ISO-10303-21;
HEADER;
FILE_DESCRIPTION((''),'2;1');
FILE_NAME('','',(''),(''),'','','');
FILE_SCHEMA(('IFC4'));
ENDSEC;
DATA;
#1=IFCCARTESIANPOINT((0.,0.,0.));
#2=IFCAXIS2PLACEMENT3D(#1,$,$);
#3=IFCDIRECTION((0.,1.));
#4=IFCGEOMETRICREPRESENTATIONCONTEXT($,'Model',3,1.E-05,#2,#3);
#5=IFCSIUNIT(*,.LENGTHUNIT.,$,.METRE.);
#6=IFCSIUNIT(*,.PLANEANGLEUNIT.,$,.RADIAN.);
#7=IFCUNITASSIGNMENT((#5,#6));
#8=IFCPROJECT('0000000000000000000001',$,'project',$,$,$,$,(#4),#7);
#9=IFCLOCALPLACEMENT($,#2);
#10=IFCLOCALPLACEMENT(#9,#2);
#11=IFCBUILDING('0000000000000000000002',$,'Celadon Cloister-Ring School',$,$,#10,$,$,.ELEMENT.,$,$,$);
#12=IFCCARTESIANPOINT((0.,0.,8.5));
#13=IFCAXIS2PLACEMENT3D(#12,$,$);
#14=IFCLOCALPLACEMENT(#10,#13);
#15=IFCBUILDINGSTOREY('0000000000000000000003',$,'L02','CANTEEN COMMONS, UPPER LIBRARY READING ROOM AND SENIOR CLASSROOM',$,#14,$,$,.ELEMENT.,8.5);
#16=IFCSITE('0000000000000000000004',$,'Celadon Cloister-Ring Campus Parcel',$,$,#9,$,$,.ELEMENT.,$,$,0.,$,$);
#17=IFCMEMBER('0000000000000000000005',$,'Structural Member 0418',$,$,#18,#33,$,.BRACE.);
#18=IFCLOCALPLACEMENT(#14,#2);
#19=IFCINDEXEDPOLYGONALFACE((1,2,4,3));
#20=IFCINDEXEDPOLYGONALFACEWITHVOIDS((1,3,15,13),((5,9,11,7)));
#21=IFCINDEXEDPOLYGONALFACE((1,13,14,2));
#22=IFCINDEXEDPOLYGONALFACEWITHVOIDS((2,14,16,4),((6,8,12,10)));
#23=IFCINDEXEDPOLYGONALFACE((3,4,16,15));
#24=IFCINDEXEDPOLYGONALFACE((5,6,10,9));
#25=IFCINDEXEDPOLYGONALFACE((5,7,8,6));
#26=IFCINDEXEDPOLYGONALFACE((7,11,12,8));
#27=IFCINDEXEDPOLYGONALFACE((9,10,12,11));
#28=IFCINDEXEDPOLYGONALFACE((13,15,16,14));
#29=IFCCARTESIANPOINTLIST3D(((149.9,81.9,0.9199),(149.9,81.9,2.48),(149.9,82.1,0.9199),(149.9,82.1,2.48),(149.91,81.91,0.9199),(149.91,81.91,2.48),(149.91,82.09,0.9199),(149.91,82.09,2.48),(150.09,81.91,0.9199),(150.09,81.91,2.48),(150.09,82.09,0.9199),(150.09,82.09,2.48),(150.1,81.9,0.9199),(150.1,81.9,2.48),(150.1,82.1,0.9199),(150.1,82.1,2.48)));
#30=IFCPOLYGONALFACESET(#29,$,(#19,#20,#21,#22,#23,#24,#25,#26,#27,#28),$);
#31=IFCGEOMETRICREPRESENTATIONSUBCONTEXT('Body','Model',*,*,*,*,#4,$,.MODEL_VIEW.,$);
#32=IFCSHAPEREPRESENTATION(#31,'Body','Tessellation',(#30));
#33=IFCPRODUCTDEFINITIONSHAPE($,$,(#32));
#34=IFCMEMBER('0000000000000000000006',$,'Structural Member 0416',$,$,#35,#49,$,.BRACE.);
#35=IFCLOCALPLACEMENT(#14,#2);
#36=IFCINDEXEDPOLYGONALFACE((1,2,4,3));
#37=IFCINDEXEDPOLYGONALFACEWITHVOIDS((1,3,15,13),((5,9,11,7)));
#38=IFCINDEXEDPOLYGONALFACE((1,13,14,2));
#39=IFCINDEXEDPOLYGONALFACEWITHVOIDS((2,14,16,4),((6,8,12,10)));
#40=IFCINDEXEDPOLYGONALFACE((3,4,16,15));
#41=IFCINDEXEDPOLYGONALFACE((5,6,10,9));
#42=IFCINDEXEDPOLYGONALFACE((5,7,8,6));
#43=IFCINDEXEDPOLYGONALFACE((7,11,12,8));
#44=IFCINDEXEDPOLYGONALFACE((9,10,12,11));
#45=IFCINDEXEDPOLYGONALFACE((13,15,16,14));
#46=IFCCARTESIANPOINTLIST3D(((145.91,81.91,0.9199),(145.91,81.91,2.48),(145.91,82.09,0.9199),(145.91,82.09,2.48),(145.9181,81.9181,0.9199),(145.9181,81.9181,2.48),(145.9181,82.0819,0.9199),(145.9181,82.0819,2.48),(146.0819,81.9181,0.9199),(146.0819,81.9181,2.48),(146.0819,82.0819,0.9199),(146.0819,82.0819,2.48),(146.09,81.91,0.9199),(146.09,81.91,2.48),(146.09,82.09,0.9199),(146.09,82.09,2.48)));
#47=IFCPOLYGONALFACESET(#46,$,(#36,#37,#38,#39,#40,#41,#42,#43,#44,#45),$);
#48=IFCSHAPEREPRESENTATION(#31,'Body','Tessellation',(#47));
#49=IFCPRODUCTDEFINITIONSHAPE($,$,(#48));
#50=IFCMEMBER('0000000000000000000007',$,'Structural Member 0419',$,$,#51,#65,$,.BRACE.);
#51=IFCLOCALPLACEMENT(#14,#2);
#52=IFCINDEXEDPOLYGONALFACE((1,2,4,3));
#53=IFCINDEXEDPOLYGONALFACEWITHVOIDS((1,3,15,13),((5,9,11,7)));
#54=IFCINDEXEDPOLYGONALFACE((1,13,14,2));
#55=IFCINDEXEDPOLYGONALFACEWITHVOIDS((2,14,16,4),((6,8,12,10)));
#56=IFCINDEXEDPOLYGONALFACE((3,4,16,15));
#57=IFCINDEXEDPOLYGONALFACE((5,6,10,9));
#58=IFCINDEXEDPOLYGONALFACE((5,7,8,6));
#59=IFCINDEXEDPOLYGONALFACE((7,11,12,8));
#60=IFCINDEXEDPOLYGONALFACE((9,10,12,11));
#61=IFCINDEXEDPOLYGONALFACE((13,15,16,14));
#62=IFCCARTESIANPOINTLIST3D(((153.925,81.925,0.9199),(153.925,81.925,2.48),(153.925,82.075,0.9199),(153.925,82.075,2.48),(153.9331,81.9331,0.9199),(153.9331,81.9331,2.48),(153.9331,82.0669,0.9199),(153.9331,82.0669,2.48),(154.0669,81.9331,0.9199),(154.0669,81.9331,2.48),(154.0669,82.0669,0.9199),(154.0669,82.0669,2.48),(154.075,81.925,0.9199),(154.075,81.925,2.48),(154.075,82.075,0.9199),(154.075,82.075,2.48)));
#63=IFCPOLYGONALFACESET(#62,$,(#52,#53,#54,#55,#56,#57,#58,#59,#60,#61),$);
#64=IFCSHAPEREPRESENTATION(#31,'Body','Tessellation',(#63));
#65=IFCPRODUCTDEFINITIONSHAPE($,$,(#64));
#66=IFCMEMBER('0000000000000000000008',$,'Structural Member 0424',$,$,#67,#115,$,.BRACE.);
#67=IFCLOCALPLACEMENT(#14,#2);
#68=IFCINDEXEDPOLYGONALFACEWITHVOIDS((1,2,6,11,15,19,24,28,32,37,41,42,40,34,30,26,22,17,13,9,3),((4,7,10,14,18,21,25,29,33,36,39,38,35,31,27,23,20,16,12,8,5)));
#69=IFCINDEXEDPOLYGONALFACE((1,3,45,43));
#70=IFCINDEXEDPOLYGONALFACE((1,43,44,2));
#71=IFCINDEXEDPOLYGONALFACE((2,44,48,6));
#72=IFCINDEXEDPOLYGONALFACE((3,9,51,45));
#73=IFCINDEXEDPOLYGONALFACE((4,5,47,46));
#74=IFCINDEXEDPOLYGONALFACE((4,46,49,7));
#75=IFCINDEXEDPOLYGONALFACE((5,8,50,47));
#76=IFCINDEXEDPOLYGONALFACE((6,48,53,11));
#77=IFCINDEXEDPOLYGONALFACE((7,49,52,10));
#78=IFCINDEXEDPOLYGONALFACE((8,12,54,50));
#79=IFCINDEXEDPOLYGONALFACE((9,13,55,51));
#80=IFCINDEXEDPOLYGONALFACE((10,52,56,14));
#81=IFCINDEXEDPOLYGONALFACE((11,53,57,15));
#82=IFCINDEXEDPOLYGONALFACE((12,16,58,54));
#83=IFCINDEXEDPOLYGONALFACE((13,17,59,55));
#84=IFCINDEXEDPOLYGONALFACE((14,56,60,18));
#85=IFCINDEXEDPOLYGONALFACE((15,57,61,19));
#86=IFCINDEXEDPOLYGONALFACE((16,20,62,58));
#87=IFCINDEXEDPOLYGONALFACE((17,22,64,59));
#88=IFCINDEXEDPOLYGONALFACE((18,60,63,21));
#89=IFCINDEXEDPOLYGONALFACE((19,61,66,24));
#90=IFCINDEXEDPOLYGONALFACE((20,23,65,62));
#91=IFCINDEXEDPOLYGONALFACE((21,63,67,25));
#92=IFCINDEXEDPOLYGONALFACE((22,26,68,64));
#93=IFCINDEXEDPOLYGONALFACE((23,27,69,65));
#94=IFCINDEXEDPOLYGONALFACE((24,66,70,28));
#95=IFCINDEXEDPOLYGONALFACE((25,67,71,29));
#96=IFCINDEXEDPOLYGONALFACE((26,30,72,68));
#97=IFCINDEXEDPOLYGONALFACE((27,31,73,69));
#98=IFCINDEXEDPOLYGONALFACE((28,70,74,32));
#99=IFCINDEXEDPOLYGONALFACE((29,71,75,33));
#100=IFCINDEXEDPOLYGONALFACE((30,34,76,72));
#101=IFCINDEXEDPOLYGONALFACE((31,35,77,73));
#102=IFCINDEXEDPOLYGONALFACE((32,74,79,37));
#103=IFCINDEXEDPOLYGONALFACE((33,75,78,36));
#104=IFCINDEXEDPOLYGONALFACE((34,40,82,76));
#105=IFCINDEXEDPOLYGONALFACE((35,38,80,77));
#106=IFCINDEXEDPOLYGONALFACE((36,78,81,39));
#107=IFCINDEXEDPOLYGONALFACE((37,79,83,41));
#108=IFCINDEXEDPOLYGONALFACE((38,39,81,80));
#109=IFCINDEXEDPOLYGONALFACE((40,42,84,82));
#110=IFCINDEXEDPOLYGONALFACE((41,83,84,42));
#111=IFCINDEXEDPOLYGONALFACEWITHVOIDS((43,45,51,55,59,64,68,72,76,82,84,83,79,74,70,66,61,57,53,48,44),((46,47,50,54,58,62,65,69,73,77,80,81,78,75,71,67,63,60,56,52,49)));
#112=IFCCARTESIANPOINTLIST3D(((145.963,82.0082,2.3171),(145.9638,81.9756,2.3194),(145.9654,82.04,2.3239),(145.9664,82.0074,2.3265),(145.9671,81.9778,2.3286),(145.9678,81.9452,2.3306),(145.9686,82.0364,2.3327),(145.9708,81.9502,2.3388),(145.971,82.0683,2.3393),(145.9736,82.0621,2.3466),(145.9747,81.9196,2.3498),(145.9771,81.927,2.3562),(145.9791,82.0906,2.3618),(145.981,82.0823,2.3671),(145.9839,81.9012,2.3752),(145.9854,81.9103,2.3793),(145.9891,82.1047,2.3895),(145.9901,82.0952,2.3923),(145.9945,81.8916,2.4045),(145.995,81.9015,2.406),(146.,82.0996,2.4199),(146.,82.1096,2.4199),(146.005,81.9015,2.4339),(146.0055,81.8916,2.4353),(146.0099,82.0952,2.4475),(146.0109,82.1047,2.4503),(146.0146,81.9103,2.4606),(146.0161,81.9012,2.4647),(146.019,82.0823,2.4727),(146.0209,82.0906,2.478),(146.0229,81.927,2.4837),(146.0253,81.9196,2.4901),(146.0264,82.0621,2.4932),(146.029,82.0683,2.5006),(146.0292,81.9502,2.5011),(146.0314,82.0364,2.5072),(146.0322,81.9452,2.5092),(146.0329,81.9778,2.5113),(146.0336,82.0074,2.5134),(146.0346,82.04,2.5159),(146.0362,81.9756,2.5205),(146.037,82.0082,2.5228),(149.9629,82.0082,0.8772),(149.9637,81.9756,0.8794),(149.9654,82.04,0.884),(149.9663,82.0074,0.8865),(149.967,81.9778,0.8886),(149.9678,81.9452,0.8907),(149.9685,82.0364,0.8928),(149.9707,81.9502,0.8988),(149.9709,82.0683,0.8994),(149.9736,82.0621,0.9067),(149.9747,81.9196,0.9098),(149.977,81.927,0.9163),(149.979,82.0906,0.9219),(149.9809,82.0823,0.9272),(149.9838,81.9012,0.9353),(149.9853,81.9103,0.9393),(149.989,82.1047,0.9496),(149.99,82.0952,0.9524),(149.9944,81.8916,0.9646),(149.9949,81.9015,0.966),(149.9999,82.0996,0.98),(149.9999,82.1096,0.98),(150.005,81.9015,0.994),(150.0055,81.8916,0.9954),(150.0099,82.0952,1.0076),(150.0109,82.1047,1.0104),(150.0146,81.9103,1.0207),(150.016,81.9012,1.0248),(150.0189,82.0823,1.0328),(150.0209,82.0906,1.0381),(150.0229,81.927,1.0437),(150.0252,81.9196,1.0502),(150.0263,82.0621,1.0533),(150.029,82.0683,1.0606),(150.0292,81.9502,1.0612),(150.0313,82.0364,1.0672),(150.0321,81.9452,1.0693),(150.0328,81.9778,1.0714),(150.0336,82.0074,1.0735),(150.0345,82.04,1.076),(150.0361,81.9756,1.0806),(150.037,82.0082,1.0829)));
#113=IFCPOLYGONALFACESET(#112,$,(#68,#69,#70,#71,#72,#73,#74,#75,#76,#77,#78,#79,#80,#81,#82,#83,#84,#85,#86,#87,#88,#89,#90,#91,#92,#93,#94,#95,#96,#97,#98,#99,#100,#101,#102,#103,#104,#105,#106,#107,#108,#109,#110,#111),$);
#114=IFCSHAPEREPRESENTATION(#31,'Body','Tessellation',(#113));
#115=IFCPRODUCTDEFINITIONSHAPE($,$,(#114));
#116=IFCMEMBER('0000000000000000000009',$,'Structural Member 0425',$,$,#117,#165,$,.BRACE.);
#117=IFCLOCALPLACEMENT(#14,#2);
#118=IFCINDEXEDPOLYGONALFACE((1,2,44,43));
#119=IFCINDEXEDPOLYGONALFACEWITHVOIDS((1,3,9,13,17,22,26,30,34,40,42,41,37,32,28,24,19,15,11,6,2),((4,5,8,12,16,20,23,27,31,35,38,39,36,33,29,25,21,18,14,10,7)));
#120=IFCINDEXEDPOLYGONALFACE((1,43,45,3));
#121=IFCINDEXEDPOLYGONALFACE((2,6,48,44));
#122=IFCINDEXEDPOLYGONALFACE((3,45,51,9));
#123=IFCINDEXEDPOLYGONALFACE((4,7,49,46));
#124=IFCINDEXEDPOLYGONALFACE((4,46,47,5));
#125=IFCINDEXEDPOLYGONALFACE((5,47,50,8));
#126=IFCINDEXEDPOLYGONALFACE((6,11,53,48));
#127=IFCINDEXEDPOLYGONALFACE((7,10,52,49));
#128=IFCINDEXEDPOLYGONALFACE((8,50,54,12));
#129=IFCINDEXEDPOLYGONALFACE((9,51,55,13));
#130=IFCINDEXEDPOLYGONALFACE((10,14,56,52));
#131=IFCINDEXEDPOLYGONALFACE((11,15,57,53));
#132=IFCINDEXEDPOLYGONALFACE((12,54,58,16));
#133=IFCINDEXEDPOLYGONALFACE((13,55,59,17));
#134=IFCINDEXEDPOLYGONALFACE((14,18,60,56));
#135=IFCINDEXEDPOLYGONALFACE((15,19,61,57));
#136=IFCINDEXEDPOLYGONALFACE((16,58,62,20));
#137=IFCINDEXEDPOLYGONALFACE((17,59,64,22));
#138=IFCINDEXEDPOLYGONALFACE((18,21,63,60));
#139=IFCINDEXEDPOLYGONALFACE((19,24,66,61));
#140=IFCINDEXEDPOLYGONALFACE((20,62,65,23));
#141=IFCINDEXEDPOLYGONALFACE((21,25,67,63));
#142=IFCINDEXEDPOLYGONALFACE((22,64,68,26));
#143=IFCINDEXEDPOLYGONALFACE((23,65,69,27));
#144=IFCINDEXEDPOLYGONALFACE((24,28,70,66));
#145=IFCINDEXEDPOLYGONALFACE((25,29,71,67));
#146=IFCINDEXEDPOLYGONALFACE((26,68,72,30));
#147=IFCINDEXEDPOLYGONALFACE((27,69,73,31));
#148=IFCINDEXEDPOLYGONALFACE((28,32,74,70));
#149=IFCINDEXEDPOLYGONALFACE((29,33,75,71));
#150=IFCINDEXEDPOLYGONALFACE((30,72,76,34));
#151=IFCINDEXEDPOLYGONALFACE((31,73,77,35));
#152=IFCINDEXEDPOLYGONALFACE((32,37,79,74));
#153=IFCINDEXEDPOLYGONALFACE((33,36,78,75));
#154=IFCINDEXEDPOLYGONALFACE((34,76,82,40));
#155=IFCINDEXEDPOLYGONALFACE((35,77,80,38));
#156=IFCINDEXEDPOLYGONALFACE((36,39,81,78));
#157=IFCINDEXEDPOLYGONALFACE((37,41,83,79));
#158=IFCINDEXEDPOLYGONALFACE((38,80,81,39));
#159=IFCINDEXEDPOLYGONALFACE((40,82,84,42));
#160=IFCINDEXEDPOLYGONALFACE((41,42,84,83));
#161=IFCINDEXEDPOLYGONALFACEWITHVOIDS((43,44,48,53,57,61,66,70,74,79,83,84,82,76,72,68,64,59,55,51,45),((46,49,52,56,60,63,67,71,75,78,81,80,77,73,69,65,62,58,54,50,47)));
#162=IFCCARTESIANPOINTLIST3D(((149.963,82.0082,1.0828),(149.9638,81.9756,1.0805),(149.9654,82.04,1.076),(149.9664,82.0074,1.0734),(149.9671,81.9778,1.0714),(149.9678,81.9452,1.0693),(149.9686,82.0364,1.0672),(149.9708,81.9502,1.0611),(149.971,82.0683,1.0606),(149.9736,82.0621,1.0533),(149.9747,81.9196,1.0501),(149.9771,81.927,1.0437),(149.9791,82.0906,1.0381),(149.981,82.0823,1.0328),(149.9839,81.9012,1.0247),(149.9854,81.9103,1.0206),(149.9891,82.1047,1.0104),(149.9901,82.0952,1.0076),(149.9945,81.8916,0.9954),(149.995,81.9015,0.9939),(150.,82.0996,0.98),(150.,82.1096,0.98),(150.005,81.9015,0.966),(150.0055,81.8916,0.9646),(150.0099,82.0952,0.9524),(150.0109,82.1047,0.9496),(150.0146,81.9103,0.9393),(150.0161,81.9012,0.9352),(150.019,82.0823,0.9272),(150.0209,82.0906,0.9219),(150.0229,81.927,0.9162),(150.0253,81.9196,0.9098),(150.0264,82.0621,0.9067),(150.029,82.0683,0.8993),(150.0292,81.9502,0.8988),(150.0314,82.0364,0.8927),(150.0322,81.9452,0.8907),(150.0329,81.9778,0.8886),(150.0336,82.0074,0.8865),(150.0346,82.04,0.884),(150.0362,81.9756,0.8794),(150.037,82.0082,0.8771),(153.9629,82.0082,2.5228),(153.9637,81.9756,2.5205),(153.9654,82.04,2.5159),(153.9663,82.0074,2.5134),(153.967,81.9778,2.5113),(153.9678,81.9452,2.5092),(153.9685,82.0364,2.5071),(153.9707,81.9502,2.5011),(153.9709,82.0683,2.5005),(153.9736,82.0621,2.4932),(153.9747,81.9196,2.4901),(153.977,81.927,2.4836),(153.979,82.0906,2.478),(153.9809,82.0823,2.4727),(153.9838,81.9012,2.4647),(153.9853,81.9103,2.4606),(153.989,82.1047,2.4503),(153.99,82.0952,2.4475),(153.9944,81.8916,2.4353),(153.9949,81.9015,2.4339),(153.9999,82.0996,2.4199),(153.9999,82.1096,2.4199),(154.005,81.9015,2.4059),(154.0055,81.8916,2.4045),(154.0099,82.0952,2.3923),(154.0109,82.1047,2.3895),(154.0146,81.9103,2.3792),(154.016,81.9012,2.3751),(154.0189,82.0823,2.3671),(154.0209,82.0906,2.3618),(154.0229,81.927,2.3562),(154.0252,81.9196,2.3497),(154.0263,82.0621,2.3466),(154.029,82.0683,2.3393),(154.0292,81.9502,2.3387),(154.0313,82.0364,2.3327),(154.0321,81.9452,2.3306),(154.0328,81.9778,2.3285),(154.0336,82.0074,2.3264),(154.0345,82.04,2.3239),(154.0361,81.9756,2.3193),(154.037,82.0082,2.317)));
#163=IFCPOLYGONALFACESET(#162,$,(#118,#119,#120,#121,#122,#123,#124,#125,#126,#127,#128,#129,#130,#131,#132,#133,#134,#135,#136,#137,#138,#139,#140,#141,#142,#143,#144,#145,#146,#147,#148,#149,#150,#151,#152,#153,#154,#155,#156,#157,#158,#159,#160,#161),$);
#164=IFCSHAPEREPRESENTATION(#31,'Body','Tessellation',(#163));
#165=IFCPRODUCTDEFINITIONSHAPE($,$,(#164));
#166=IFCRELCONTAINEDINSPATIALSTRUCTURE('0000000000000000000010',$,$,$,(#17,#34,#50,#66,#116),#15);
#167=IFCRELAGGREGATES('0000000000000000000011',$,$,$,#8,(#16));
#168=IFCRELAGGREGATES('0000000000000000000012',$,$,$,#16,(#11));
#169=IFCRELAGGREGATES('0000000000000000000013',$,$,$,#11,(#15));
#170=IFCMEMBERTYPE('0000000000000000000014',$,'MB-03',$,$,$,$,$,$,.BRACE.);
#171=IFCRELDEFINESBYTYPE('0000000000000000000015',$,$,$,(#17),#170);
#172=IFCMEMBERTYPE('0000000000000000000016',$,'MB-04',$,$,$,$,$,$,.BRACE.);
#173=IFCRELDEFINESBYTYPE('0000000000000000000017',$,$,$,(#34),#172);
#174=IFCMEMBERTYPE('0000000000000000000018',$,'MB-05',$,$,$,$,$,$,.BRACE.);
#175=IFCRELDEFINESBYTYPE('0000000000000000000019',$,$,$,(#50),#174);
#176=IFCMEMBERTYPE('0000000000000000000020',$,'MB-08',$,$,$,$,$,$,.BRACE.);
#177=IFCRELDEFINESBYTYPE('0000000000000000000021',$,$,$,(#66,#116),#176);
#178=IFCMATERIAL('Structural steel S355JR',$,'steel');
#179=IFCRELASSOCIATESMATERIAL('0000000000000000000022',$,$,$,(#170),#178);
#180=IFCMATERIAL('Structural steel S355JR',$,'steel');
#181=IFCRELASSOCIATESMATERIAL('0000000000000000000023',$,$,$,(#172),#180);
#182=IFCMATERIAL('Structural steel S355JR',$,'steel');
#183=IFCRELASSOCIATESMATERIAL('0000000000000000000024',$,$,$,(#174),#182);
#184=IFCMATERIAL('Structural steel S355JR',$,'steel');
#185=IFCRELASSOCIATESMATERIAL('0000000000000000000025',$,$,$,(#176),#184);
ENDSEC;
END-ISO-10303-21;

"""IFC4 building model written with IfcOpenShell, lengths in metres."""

from ifc_helpers import new_model, si_unit, direction, frame, origin, origin_2d, place, context, subcontext, project, spatial, hollow_rectangle, hollow_circle, extrude, material, material_profile, profile_set, type_object, element, save


model = new_model("IFC4")

# Units and contexts
model_context = context("Model", 3, precision=1e-05, world=origin(), true_north=direction((0.0, 1.0)))
body_context = subcontext(model_context, "Body", "Model", "MODEL_VIEW")
ifc_project = project(units=[si_unit("LENGTHUNIT", "METRE"), si_unit("PLANEANGLEUNIT", "RADIAN")], contexts=[model_context])

# Site, building, storey
site_placement = place(None, origin())
site = spatial("IfcSite", under=ifc_project, at=site_placement, Name="Celadon Cloister-Ring Campus Parcel", CompositionType="ELEMENT", RefElevation=0.0)
building_placement = place(site_placement, origin())
building = spatial("IfcBuilding", under=site, at=building_placement, Name="Celadon Cloister-Ring School", CompositionType="ELEMENT")
storey_placement = place(building_placement, frame((0.0, 0.0, 8.5)))
storey = spatial("IfcBuildingStorey", under=building, at=storey_placement, Name="L02", Description="CANTEEN COMMONS, UPPER LIBRARY READING ROOM AND SENIOR CLASSROOM", CompositionType="ELEMENT", Elevation=8.5)

# Members
ifc_material_1 = material(Name="Structural steel S355JR", Category="steel")
ifc_material_profile_1 = material_profile(ifc_material_1, hollow_rectangle(XDim=0.2, YDim=0.2, WallThickness=0.01, at=origin_2d()), Name="HSS200X200X10")
ifc_profile_set_1 = profile_set([ifc_material_profile_1], Name="Structural steel S355JR")
member_type_1 = type_object("IfcMemberType", Name="MB-03", PredefinedType="BRACE", material=ifc_profile_set_1)
member_1_placement = place(storey_placement, frame((150.0, 82.0, 0.9199), z_axis=(0.0, 0.0, 1.0), x_axis=(1.0, 0.0, 0.0)))
element("IfcMember", 1, at=member_1_placement, inside=storey, type_object=member_type_1, Name="Structural Member 0418", PredefinedType="BRACE", context=body_context, shape_type="SweptSolid", body=[
    extrude(hollow_rectangle(XDim=0.2, YDim=0.2, WallThickness=0.01, at=origin_2d()), origin(), (0.0, 0.0, 1.0), 1.5601),
])
ifc_material_2 = material(Name="Structural steel S355JR", Category="steel")
ifc_material_profile_2 = material_profile(ifc_material_2, hollow_rectangle(XDim=0.1799, YDim=0.1799, WallThickness=0.0081, at=origin_2d()), Name="HSS180X180X8")
ifc_profile_set_2 = profile_set([ifc_material_profile_2], Name="Structural steel S355JR")
member_type_2 = type_object("IfcMemberType", Name="MB-04", PredefinedType="BRACE", material=ifc_profile_set_2)
member_2_placement = place(storey_placement, frame((146.0, 82.0, 0.9199), z_axis=(0.0, 0.0, 1.0), x_axis=(1.0, 0.0, 0.0)))
element("IfcMember", 2, at=member_2_placement, inside=storey, type_object=member_type_2, Name="Structural Member 0416", PredefinedType="BRACE", context=body_context, shape_type="SweptSolid", body=[
    extrude(hollow_rectangle(XDim=0.1799, YDim=0.1799, WallThickness=0.0081, at=origin_2d()), origin(), (0.0, 0.0, 1.0), 1.5601),
])
ifc_material_3 = material(Name="Structural steel S355JR", Category="steel")
ifc_material_profile_3 = material_profile(ifc_material_3, hollow_rectangle(XDim=0.1499, YDim=0.1499, WallThickness=0.0081, at=origin_2d()), Name="HSS150X150X8")
ifc_profile_set_3 = profile_set([ifc_material_profile_3], Name="Structural steel S355JR")
member_type_3 = type_object("IfcMemberType", Name="MB-05", PredefinedType="BRACE", material=ifc_profile_set_3)
member_3_placement = place(storey_placement, frame((154.0, 82.0, 0.9199), z_axis=(0.0, 0.0, 1.0), x_axis=(1.0, 0.0, 0.0)))
element("IfcMember", 3, at=member_3_placement, inside=storey, type_object=member_type_3, Name="Structural Member 0419", PredefinedType="BRACE", context=body_context, shape_type="SweptSolid", body=[
    extrude(hollow_rectangle(XDim=0.1499, YDim=0.1499, WallThickness=0.0081, at=origin_2d()), origin(), (0.0, 0.0, 1.0), 1.5601),
])
ifc_material_4 = material(Name="Structural steel S355JR", Category="steel")
ifc_material_profile_4 = material_profile(ifc_material_4, hollow_circle(Radius=0.1096, WallThickness=0.01, at=origin_2d()), Name="CHS219.1X10")
ifc_profile_set_4 = profile_set([ifc_material_profile_4], Name="Structural steel S355JR")
member_type_4 = type_object("IfcMemberType", Name="MB-08", PredefinedType="BRACE", material=ifc_profile_set_4)
for number, where, z_axis, x_axis, name in (
    (4, (146.0, 82.0, 2.4199), (0.940892, 0.0, -0.338707), (0.0, 1.0, 0.0), "Structural Member 0424"),
    (5, (150.0, 82.0, 0.98), (0.940892, 0.0, 0.338707), (0.0, 1.0, 0.0), "Structural Member 0425"),
):
    element("IfcMember", number, at=place(storey_placement, frame(where, z_axis=z_axis, x_axis=x_axis)), inside=storey, type_object=member_type_4, Name=name, PredefinedType="BRACE", context=body_context, shape_type="SweptSolid", body=[
        extrude(hollow_circle(Radius=0.1096, WallThickness=0.01, at=origin_2d()), origin(), (0.0, 0.0, 1.0), 4.2512),
    ])

save(model, "model.ifc")
